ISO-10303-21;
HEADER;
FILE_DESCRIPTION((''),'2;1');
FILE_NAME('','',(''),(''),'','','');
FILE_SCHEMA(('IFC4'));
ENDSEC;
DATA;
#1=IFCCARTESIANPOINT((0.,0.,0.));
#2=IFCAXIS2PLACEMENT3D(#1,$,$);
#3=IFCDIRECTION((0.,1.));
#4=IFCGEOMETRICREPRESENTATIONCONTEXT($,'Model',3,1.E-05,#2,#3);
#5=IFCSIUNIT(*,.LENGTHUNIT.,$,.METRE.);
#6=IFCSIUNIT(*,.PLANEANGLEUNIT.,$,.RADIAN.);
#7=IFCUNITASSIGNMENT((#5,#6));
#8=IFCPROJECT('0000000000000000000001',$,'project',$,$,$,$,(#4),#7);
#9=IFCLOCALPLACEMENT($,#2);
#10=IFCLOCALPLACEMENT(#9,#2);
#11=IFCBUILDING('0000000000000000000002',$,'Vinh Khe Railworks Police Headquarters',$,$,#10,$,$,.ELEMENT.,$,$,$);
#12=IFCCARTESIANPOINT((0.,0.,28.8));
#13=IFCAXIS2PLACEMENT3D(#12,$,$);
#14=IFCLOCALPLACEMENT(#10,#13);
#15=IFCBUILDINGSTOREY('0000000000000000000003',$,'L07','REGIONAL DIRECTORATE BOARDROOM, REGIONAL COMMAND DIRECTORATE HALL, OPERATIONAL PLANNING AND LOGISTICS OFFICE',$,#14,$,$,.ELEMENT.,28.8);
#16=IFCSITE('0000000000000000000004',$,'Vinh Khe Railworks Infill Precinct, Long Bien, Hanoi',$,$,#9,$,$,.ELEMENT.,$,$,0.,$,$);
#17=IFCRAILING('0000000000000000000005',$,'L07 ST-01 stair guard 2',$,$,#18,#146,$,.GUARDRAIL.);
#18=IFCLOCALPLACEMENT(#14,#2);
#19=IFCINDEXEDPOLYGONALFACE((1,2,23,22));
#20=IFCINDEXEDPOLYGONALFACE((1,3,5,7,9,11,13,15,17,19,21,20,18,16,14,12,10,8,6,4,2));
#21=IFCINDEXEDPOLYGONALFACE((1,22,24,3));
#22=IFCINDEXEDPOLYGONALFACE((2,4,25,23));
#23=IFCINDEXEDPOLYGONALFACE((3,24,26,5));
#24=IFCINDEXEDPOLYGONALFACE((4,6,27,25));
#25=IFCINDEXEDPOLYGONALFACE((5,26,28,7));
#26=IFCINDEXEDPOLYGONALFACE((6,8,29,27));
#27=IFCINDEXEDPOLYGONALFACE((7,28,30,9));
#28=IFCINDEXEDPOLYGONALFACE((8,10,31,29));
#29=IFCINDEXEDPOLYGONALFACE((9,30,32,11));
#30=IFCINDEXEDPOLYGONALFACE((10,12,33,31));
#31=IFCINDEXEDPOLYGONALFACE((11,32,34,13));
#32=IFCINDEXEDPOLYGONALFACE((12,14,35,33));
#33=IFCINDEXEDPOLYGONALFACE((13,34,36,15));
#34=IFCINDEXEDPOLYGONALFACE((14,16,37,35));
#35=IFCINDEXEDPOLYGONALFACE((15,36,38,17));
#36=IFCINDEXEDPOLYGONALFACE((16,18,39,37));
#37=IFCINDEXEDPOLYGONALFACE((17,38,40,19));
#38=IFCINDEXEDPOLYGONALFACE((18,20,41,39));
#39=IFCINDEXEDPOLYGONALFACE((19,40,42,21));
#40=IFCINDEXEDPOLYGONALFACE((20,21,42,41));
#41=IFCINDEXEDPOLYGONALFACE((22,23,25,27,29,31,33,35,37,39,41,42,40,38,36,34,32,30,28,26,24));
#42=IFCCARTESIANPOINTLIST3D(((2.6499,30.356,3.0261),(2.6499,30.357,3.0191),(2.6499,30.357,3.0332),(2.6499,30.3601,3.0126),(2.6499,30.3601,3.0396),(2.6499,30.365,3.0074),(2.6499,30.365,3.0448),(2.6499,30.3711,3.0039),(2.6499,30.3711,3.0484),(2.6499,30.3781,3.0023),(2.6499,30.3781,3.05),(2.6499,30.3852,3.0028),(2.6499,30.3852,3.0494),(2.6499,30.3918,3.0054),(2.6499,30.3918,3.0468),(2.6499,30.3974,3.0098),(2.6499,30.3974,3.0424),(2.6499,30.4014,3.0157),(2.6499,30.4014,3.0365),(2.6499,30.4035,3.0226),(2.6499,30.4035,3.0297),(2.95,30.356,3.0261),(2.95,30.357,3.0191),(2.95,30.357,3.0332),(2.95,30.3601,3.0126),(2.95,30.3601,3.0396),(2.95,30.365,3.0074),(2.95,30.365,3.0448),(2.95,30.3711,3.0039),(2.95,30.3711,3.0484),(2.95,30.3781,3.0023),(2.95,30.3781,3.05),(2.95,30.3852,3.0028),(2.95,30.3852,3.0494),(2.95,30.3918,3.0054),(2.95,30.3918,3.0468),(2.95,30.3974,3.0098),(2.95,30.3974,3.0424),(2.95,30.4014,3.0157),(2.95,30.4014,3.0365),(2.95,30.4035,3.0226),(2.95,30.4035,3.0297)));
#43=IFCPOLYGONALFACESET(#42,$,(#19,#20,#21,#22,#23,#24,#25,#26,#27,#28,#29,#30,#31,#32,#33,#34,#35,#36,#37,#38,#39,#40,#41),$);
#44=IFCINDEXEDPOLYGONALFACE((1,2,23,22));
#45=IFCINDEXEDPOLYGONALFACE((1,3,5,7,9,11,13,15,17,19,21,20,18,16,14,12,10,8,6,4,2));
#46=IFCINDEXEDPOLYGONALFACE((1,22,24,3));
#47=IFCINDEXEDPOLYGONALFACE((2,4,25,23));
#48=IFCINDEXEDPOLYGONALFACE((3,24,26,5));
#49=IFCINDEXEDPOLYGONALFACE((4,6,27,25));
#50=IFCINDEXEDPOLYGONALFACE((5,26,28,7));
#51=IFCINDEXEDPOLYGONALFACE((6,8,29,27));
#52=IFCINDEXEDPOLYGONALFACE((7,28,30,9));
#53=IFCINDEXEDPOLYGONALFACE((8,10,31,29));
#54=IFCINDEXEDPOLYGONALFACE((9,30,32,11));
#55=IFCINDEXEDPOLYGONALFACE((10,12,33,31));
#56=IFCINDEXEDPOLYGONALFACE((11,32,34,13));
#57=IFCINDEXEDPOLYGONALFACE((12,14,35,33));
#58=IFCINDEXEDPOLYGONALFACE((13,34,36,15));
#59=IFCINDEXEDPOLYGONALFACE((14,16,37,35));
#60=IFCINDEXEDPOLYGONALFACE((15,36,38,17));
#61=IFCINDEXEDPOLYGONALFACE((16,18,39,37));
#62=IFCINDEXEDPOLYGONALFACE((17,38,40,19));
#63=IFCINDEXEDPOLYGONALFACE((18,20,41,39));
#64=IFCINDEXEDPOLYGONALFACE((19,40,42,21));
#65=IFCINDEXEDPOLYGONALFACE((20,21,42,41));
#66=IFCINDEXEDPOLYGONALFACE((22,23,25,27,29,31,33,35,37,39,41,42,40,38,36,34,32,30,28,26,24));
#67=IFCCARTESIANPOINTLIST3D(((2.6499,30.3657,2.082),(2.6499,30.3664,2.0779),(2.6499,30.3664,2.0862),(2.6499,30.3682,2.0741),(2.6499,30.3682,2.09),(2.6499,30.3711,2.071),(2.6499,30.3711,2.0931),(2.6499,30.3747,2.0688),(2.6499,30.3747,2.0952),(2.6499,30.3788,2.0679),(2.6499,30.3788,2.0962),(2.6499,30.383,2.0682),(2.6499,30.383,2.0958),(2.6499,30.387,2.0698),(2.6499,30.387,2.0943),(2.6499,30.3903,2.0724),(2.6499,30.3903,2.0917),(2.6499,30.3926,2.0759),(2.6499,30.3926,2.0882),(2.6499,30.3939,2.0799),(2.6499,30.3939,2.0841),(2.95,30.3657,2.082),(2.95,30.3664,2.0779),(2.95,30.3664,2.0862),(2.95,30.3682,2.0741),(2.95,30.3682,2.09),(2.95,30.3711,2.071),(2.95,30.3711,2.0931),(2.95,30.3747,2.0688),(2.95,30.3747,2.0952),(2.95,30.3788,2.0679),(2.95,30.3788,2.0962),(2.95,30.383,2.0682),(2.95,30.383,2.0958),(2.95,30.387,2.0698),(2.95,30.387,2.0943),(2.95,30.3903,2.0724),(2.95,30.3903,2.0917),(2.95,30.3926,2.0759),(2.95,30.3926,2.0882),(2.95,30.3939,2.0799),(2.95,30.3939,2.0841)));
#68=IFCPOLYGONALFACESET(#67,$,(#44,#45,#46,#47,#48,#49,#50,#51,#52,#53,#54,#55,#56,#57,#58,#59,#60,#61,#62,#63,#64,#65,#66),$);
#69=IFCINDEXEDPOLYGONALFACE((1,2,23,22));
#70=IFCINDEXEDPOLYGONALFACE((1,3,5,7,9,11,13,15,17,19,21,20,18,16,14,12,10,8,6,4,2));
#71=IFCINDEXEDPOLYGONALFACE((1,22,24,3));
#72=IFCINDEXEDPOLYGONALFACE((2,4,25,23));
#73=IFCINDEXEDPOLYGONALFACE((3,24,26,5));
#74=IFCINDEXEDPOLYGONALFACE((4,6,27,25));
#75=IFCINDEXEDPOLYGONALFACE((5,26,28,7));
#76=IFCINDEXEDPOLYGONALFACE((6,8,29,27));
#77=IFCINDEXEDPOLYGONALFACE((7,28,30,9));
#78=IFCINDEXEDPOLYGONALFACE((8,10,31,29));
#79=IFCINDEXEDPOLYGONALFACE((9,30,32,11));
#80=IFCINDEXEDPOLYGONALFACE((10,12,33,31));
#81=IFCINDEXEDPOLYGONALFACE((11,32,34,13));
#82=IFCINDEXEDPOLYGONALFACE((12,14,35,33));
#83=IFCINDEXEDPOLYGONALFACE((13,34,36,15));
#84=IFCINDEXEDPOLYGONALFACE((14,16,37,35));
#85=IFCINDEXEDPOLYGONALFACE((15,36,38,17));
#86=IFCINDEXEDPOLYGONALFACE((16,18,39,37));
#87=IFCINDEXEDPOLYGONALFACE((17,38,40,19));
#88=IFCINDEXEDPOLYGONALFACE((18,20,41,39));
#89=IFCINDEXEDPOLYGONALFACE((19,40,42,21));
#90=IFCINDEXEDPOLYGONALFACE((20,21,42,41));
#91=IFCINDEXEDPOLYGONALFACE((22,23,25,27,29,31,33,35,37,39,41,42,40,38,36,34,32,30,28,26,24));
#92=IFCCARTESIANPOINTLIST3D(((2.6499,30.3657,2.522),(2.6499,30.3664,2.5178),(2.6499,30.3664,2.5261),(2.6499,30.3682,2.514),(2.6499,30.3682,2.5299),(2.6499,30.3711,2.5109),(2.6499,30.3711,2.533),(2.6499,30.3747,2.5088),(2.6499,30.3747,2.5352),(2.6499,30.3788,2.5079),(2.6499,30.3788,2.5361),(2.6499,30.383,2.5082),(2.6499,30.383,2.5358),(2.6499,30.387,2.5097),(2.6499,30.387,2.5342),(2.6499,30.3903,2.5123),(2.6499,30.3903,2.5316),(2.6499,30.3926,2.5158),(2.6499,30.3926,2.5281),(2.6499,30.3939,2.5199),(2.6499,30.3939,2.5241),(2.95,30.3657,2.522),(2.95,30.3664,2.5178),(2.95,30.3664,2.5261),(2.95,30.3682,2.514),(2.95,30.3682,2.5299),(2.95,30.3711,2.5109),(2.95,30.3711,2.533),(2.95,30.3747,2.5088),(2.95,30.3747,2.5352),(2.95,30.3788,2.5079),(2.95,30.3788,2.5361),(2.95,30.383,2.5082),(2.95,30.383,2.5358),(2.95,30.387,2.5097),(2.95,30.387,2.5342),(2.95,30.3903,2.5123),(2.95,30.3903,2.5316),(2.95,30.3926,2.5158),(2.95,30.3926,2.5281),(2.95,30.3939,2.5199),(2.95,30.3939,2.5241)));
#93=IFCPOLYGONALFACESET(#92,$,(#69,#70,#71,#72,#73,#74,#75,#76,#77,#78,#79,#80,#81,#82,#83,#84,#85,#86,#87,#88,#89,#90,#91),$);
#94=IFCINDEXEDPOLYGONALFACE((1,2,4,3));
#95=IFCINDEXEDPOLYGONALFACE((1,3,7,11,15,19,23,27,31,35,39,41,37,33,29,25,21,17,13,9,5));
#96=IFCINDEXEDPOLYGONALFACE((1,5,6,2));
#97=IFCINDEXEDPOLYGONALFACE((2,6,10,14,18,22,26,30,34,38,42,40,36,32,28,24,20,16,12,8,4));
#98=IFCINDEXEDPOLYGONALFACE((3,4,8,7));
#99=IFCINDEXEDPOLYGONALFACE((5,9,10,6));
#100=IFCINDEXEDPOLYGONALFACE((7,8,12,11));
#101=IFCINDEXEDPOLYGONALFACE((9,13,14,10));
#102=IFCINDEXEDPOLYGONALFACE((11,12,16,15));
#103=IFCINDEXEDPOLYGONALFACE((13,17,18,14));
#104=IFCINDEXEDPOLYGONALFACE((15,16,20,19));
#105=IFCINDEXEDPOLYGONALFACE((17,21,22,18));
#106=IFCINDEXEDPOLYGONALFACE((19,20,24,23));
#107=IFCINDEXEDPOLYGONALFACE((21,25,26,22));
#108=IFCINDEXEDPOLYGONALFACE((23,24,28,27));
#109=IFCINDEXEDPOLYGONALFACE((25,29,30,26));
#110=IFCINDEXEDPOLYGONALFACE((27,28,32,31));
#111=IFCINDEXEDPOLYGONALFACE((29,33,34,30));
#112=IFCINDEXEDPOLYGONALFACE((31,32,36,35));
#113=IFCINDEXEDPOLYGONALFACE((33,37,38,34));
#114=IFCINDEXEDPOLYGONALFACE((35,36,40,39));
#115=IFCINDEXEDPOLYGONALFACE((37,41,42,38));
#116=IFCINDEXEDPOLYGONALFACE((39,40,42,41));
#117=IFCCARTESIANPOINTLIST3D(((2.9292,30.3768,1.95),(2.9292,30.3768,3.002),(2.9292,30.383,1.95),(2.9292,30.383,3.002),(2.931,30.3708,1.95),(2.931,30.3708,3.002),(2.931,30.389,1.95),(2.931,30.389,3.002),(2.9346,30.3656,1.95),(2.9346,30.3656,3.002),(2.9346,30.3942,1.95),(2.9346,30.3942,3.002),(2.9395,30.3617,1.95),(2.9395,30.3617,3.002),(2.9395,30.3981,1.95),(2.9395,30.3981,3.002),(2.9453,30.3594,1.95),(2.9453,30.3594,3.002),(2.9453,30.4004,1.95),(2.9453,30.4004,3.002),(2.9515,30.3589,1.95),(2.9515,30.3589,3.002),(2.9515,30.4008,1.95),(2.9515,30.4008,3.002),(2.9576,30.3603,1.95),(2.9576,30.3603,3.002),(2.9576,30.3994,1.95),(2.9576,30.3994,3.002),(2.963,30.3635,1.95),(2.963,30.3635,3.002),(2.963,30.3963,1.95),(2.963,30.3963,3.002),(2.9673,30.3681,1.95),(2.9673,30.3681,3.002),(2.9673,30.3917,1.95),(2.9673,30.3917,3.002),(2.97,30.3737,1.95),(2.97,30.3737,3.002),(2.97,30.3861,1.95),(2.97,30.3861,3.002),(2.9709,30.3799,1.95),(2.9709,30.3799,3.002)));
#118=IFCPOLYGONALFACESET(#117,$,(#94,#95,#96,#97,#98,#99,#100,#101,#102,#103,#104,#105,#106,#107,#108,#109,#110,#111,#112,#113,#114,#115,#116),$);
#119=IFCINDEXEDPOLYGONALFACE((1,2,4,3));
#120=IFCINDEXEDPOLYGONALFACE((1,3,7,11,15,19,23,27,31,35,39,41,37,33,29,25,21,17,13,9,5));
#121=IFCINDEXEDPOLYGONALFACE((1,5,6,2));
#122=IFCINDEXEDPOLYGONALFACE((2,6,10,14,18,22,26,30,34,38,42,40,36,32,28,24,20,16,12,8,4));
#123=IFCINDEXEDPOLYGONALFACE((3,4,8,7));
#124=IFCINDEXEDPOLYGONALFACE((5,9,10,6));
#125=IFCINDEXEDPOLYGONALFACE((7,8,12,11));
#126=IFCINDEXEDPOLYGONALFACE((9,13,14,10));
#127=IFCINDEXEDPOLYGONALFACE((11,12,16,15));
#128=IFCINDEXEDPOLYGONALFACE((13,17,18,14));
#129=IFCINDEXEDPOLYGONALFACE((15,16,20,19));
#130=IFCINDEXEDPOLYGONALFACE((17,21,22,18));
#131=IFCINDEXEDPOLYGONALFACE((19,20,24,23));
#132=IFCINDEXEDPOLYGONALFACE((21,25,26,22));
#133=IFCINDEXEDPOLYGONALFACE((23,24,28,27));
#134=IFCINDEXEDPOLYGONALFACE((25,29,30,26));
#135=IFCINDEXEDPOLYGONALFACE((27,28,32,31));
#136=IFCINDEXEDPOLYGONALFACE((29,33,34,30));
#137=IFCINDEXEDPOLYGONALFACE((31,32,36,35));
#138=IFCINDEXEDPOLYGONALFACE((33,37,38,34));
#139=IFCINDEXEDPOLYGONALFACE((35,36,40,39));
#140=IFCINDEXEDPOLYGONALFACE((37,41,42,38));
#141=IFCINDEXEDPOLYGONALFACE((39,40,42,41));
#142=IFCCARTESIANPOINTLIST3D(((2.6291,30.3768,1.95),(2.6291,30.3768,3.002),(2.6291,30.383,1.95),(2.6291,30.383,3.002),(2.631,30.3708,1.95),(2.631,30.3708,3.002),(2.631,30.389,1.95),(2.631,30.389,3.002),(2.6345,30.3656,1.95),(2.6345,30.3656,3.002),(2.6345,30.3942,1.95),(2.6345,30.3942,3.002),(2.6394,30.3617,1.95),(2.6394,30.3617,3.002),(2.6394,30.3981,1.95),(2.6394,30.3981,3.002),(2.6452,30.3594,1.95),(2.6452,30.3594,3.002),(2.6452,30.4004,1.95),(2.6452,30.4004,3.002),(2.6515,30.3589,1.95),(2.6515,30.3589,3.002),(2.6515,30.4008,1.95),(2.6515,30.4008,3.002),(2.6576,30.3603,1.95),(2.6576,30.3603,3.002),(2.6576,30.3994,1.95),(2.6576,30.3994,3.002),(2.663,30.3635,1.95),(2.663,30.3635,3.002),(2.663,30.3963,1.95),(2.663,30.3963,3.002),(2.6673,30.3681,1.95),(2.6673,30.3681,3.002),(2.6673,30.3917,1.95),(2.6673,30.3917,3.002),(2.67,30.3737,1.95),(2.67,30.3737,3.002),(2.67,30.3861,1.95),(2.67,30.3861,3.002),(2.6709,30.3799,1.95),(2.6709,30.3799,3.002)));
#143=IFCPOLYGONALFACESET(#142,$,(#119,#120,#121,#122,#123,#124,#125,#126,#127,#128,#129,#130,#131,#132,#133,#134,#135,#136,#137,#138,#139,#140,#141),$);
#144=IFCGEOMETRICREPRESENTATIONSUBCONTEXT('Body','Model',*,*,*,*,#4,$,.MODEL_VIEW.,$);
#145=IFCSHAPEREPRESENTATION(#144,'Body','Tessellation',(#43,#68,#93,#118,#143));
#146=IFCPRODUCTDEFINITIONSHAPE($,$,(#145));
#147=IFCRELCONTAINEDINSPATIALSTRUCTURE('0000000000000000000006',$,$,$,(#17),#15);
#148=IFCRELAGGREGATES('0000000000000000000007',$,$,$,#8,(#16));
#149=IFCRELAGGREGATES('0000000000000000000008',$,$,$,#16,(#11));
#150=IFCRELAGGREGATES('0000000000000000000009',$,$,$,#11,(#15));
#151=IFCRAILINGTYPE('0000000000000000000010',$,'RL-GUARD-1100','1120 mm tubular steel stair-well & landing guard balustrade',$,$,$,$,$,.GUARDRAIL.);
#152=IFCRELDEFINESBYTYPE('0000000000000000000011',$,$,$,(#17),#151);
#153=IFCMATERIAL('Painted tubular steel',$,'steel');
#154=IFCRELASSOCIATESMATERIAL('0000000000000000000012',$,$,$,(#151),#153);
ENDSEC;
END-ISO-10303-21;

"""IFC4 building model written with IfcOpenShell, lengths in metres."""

from ifc_helpers import new_model, si_unit, direction, frame, origin, origin_2d, place, context, subcontext, project, spatial, circle, extrude, material, type_object, element, save


model = new_model("IFC4")

# Units and contexts
model_context = context("Model", 3, precision=1e-05, world=origin(), true_north=direction((0.0, 1.0)))
body_context = subcontext(model_context, "Body", "Model", "MODEL_VIEW")
ifc_project = project(units=[si_unit("LENGTHUNIT", "METRE"), si_unit("PLANEANGLEUNIT", "RADIAN")], contexts=[model_context])

# Site, building, storey
site_placement = place(None, origin())
site = spatial("IfcSite", under=ifc_project, at=site_placement, Name="Vinh Khe Railworks Infill Precinct, Long Bien, Hanoi", CompositionType="ELEMENT", RefElevation=0.0)
building_placement = place(site_placement, origin())
building = spatial("IfcBuilding", under=site, at=building_placement, Name="Vinh Khe Railworks Police Headquarters", CompositionType="ELEMENT")
storey_placement = place(building_placement, frame((0.0, 0.0, 28.8)))
storey = spatial("IfcBuildingStorey", under=building, at=storey_placement, Name="L07", Description="REGIONAL DIRECTORATE BOARDROOM, REGIONAL COMMAND DIRECTORATE HALL, OPERATIONAL PLANNING AND LOGISTICS OFFICE", CompositionType="ELEMENT", Elevation=28.8)

# Railing
ifc_material_1 = material(Name="Painted tubular steel", Category="steel")
railing_type_1 = type_object("IfcRailingType", Name="RL-GUARD-1100", Description="1120 mm tubular steel stair-well & landing guard balustrade", PredefinedType="GUARDRAIL", material=ifc_material_1)
railing_1_placement = place(storey_placement, frame((2.95, 30.3799, 1.95)))
element("IfcRailing", 1, at=railing_1_placement, inside=storey, type_object=railing_type_1, Name="L07 ST-01 stair guard 2", PredefinedType="GUARDRAIL", context=body_context, shape_type="SweptSolid", body=[
    extrude(circle(Radius=0.0239, at=origin_2d()), frame((0.0, 0.0, 1.0762), z_axis=(-1.0, 0.0, 0.0), x_axis=(0.0, -1.0, 0.0)), (0.0, 0.0, 1.0), 0.3),
    extrude(circle(Radius=0.0142, at=origin_2d()), frame((0.0, 0.0, 0.1321), z_axis=(-1.0, 0.0, 0.0), x_axis=(0.0, -1.0, 0.0)), (0.0, 0.0, 1.0), 0.3),
    extrude(circle(Radius=0.0142, at=origin_2d()), frame((0.0, 0.0, 0.572), z_axis=(-1.0, 0.0, 0.0), x_axis=(0.0, -1.0, 0.0)), (0.0, 0.0, 1.0), 0.3),
    extrude(circle(Radius=0.021, at=origin_2d()), origin(), (0.0, 0.0, 1.0), 1.052),
    extrude(circle(Radius=0.021, at=origin_2d()), frame((-0.3, 0.0, 0.0)), (0.0, 0.0, 1.0), 1.052),
])

save(model, "model.ifc")
